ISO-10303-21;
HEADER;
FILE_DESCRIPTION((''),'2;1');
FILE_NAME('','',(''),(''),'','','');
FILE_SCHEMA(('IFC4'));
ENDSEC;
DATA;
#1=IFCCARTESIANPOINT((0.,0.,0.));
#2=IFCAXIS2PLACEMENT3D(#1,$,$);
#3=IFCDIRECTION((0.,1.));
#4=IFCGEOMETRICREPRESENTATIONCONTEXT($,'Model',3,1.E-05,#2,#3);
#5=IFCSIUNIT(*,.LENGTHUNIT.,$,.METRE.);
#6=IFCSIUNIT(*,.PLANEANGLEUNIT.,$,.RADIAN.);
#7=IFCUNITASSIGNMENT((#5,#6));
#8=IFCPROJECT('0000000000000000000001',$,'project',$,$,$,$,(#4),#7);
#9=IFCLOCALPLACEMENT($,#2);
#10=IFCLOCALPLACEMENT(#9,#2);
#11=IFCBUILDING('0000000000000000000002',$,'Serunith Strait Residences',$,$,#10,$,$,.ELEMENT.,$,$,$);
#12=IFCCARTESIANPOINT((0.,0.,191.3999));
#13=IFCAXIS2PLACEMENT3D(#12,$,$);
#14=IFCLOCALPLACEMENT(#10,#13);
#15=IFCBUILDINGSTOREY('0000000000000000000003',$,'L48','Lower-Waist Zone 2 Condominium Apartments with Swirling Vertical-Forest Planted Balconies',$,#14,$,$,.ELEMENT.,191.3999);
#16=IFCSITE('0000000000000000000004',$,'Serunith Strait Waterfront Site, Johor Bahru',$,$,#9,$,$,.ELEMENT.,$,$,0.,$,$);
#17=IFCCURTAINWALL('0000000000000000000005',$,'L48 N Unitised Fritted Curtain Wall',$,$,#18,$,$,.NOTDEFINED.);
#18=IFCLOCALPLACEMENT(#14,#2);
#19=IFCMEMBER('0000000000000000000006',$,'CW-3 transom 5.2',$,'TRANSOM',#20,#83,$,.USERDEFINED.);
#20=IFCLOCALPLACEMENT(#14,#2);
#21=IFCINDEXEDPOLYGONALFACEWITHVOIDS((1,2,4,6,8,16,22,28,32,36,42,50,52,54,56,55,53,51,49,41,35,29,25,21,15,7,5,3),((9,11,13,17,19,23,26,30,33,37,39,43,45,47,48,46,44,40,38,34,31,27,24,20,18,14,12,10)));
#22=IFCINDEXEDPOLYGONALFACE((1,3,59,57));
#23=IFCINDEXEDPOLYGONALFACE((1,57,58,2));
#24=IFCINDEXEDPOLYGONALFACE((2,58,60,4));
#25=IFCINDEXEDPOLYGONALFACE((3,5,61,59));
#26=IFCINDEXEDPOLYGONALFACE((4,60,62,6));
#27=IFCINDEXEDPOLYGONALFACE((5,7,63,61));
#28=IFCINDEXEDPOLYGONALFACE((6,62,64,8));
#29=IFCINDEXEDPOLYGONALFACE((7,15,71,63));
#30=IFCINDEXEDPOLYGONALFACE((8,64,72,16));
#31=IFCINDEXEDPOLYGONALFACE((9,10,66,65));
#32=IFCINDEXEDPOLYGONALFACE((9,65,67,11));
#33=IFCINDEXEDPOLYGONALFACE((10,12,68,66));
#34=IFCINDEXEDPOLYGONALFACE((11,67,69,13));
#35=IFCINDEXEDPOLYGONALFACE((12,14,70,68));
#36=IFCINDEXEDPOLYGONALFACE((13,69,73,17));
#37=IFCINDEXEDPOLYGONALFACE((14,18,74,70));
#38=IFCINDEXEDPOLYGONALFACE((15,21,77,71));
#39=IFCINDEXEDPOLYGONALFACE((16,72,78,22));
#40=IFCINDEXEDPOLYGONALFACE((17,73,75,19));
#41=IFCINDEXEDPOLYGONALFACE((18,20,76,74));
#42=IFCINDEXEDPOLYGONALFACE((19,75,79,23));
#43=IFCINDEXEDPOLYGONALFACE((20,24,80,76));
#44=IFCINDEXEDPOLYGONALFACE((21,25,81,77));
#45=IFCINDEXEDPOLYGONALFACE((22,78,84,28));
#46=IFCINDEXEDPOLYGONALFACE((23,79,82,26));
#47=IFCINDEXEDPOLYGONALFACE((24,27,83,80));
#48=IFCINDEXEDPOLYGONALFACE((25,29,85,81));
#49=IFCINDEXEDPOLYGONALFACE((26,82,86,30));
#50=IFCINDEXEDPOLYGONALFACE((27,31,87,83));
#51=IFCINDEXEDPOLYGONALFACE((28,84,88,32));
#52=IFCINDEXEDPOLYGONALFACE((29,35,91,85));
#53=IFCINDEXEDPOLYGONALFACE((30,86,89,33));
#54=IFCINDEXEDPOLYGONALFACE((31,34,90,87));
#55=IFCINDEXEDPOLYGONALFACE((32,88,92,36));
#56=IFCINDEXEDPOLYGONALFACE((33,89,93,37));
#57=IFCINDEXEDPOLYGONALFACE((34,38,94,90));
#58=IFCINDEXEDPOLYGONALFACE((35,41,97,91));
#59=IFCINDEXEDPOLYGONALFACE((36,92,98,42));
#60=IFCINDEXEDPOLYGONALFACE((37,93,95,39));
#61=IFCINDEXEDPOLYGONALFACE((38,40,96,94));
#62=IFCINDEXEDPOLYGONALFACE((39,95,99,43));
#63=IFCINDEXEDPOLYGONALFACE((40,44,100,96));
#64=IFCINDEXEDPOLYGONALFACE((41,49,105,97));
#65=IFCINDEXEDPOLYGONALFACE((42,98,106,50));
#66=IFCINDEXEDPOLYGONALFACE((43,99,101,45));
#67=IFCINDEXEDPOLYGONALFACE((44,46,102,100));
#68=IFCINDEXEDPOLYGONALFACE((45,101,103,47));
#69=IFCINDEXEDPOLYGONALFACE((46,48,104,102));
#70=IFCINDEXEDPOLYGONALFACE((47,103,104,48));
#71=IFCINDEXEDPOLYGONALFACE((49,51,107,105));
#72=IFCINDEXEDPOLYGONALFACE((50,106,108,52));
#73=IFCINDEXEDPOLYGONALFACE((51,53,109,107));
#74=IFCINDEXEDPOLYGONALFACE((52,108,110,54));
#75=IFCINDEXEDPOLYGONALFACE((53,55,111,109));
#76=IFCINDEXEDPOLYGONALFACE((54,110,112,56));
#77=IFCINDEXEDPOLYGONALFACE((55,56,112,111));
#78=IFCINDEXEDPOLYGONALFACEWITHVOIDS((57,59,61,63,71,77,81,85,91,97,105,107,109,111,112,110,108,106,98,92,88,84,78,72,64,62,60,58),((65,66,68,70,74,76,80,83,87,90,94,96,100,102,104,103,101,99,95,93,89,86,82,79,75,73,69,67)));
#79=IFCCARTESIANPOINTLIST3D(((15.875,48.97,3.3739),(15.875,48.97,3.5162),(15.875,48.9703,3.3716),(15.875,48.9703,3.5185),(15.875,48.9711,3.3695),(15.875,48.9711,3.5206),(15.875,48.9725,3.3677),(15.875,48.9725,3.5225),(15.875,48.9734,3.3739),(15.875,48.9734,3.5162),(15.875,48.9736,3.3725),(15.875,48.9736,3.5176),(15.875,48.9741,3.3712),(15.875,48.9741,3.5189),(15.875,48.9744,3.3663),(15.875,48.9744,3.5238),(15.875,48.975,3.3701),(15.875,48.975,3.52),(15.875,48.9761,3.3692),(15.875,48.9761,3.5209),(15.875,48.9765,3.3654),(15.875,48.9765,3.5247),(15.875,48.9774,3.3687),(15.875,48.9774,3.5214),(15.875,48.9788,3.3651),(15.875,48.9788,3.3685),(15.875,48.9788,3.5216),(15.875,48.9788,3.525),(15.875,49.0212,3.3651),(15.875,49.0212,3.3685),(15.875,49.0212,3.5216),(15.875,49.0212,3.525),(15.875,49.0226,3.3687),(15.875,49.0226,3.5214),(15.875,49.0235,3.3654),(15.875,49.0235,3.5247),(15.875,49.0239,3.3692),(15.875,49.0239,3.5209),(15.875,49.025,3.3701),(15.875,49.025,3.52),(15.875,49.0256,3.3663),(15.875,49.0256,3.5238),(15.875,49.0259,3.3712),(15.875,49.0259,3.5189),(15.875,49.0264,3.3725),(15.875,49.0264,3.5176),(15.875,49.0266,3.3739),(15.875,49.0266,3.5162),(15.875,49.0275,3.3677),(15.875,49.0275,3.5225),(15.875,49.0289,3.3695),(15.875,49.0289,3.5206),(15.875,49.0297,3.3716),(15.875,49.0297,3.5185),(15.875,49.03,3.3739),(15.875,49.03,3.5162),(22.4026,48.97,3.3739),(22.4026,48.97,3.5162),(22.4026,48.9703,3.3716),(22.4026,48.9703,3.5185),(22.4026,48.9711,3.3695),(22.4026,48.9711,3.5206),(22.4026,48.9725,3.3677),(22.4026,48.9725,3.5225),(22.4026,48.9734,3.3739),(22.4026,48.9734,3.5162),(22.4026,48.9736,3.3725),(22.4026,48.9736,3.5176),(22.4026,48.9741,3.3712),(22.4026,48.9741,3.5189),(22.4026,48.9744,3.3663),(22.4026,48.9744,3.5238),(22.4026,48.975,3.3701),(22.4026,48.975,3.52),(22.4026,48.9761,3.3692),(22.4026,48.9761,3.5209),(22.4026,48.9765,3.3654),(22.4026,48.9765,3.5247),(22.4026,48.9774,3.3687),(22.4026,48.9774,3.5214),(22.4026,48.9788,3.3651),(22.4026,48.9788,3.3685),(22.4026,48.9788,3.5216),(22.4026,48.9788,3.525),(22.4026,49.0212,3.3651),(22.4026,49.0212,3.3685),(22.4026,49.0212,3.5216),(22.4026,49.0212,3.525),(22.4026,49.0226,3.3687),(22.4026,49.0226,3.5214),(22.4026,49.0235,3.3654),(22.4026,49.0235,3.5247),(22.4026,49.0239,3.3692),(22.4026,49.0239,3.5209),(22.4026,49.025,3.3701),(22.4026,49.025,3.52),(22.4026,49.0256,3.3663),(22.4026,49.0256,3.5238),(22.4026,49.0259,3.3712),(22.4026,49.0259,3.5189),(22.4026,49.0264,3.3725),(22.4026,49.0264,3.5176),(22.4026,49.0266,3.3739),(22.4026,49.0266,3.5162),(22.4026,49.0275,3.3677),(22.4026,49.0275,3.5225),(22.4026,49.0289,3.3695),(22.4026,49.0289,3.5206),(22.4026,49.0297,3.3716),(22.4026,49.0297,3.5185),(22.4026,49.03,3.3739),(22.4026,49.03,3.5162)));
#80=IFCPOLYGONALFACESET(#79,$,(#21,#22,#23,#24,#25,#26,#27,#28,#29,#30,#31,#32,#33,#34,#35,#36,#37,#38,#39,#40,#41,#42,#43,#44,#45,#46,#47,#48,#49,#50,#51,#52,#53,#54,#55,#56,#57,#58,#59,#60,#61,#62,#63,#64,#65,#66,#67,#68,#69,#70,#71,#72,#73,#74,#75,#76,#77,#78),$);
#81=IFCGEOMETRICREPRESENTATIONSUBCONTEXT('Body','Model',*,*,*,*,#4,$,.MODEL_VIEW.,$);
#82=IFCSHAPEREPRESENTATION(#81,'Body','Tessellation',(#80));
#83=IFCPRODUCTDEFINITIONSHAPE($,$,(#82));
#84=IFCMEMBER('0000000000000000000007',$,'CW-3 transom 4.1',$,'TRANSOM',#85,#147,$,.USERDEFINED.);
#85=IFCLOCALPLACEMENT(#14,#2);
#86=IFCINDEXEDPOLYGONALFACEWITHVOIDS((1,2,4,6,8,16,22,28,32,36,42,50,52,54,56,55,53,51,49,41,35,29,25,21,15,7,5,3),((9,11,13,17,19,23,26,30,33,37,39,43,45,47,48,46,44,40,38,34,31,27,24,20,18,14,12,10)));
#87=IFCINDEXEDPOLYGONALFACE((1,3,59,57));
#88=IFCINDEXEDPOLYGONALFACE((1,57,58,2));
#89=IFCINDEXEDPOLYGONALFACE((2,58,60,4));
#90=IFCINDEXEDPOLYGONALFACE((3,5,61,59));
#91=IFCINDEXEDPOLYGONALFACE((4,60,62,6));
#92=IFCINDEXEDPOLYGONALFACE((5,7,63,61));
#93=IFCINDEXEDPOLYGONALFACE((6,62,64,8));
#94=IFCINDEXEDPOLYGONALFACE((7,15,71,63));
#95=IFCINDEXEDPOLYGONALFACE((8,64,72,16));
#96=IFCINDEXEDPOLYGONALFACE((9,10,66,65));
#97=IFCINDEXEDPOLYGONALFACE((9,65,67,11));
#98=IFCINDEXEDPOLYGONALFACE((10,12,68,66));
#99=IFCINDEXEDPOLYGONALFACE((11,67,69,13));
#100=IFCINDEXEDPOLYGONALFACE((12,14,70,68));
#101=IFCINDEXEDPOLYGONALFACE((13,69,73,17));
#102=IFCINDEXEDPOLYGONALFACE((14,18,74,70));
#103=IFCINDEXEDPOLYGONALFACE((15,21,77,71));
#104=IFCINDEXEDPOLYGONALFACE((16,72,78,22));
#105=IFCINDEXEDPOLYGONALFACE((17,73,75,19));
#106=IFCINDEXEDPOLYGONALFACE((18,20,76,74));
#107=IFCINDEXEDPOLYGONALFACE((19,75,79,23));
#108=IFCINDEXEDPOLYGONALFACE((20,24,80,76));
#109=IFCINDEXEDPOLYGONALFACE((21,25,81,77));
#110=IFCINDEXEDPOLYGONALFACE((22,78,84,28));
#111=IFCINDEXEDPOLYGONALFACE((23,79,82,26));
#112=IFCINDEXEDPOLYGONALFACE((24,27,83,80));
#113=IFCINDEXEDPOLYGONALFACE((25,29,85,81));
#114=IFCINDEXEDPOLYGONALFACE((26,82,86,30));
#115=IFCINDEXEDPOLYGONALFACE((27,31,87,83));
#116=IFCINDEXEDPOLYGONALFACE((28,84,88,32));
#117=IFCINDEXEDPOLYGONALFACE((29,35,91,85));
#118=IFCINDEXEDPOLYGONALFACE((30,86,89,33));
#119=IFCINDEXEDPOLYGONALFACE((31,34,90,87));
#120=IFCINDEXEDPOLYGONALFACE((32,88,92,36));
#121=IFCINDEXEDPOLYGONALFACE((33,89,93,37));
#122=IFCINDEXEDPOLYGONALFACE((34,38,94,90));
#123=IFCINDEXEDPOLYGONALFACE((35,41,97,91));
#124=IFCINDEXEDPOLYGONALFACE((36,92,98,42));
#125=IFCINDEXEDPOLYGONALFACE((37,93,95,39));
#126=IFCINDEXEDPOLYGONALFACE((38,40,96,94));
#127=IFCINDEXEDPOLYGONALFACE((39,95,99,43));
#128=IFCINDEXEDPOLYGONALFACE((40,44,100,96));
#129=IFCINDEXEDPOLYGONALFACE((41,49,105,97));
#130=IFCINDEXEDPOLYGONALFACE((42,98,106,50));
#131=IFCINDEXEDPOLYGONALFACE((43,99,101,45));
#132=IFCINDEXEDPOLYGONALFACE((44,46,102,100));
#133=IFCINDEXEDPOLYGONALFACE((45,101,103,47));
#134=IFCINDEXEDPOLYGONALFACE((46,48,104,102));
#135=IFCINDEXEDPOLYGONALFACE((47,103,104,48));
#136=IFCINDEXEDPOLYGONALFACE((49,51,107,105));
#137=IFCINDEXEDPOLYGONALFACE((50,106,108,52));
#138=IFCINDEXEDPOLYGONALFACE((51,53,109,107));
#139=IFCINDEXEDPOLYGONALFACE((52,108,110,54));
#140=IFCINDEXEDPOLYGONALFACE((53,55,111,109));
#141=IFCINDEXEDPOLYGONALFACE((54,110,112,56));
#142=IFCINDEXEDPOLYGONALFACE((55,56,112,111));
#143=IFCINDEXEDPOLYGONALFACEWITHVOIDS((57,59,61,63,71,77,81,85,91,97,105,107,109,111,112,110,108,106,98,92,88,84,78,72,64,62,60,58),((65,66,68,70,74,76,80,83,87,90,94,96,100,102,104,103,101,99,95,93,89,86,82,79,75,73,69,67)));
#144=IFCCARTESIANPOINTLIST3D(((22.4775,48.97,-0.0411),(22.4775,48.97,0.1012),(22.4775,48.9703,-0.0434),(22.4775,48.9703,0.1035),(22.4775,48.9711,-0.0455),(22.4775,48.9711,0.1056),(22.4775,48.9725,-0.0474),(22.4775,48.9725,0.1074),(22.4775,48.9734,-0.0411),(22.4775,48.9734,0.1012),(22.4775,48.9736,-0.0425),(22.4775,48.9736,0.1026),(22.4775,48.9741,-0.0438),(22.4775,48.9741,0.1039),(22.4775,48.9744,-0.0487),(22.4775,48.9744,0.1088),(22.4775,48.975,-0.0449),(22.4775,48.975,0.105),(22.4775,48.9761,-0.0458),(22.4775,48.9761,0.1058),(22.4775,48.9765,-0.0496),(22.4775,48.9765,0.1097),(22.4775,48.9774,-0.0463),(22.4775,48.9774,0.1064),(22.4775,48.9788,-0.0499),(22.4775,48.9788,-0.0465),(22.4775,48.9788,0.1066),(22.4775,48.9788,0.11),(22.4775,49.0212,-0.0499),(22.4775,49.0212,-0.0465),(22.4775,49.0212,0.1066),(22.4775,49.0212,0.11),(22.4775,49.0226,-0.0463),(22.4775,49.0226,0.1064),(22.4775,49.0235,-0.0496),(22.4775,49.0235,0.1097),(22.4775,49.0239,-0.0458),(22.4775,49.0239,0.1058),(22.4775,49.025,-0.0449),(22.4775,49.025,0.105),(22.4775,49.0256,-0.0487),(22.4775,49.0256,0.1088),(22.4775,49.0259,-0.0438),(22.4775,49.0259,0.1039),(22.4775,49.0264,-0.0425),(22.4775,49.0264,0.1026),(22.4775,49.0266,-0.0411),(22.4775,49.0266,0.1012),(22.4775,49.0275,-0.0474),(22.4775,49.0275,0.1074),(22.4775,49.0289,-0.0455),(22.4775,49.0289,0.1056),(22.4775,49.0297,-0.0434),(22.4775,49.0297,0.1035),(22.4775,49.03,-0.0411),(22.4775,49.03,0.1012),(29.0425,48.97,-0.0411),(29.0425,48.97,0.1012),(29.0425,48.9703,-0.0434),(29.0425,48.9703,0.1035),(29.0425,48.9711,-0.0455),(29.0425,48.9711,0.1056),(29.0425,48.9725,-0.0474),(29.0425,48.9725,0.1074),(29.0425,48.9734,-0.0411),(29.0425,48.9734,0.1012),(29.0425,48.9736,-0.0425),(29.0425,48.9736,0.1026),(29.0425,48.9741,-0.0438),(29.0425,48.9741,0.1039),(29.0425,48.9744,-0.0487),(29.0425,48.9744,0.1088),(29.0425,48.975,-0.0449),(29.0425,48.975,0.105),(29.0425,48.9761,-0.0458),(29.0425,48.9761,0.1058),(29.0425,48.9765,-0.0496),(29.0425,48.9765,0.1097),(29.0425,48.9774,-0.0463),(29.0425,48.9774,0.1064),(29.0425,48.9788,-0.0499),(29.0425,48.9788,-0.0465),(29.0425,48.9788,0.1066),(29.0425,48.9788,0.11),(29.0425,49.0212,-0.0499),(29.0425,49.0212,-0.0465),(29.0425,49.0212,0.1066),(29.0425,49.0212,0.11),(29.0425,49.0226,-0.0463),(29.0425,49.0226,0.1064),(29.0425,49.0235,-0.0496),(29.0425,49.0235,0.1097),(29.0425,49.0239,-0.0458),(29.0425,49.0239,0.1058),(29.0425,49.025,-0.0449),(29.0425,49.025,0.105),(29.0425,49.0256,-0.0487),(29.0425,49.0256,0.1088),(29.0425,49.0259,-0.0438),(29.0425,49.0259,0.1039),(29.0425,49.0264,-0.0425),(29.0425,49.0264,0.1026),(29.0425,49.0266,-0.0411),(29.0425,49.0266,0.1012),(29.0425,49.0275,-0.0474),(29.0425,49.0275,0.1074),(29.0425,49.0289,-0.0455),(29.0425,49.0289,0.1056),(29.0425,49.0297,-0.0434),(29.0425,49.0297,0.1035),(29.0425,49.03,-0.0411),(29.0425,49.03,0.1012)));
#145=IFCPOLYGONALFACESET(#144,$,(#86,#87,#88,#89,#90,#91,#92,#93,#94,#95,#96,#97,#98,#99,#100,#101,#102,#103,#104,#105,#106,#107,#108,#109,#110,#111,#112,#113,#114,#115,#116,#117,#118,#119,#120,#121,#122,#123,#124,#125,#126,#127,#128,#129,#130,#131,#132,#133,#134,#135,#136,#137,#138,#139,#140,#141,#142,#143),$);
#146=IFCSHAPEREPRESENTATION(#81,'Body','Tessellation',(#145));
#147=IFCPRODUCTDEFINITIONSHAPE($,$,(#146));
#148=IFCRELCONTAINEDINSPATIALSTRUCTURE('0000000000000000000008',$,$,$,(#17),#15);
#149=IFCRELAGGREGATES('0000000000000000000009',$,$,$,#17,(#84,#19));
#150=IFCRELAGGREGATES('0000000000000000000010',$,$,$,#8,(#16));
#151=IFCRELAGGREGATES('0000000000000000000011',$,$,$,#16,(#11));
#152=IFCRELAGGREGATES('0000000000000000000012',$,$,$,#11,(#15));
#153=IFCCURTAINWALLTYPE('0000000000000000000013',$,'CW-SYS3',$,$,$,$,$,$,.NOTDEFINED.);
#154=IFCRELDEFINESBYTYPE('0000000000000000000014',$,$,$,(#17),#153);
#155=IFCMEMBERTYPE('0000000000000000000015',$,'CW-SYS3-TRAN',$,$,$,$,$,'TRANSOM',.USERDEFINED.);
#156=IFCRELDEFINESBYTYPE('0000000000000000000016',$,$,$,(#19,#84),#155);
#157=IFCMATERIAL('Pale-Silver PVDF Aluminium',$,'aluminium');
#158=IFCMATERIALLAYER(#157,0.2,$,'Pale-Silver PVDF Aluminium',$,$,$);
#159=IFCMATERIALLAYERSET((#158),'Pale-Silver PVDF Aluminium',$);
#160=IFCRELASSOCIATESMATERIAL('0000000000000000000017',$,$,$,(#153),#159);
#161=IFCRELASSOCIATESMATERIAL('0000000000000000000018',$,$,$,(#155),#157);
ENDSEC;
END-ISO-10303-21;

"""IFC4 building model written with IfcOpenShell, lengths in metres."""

from ifc_helpers import new_model, si_unit, direction, frame, origin, origin_2d, place, context, subcontext, project, spatial, hollow_rectangle, extrude, source, transform, mapped, material, layer, layer_set, material_profile, profile_set, type_object, element, aggregate, save


model = new_model("IFC4")

# Units and contexts
model_context = context("Model", 3, precision=1e-05, world=origin(), true_north=direction((0.0, 1.0)))
body_context = subcontext(model_context, "Body", "Model", "MODEL_VIEW")
ifc_project = project(units=[si_unit("LENGTHUNIT", "METRE"), si_unit("PLANEANGLEUNIT", "RADIAN")], contexts=[model_context])

# Site, building, storey
site_placement = place(None, origin())
site = spatial("IfcSite", under=ifc_project, at=site_placement, Name="Serunith Strait Waterfront Site, Johor Bahru", CompositionType="ELEMENT", RefElevation=0.0)
building_placement = place(site_placement, origin())
building = spatial("IfcBuilding", under=site, at=building_placement, Name="Serunith Strait Residences", CompositionType="ELEMENT")
storey_placement = place(building_placement, frame((0.0, 0.0, 191.3999)))
storey = spatial("IfcBuildingStorey", under=building, at=storey_placement, Name="L48", Description="Lower-Waist Zone 2 Condominium Apartments with Swirling Vertical-Forest Planted Balconies", CompositionType="ELEMENT", Elevation=191.3999)

# Curtain wall, members
ifc_material_1 = material(Name="Pale-Silver PVDF Aluminium", Category="aluminium")
ifc_layer_1 = layer(ifc_material_1, 0.2, Name="Pale-Silver PVDF Aluminium")
ifc_layer_set_1 = layer_set([ifc_layer_1], Name="Pale-Silver PVDF Aluminium")
curtain_wall_type = type_object("IfcCurtainWallType", Name="CW-SYS3", PredefinedType="NOTDEFINED", material=ifc_layer_set_1)
curtain_wall_placement = place(storey_placement, origin())
curtain_wall = element("IfcCurtainWall", 1, at=curtain_wall_placement, inside=storey, type_object=curtain_wall_type, Name="L48 N Unitised Fritted Curtain Wall", PredefinedType="NOTDEFINED")
ifc_material_profile_1 = material_profile(ifc_material_1, hollow_rectangle(XDim=0.0601, YDim=0.1599, WallThickness=0.0034, InnerFilletRadius=0.0054, OuterFilletRadius=0.0088, at=origin_2d()), Name="ALU 160x60x3.5")
ifc_profile_set_1 = profile_set([ifc_material_profile_1], Name="Pale-Silver PVDF Aluminium")
member_type_1 = type_object("IfcMemberType", Name="CW-SYS3-TRAN", ElementType="TRANSOM", PredefinedType="USERDEFINED", material=ifc_profile_set_1)
shared_shape_1 = source(origin(), body_context, "Body", "SweptSolid", [
    extrude(hollow_rectangle(XDim=0.0601, YDim=0.1599, WallThickness=0.0034, InnerFilletRadius=0.0054, OuterFilletRadius=0.0088, at=origin_2d()), origin(), (0.0, 0.0, 1.0), 6.5276),
])
member_1_placement = place(storey_placement, frame((22.4026, 49.0, 3.4451), z_axis=(-1.0, 0.0, 0.0), x_axis=(0.0, -1.0, 0.0)))
member_1 = element("IfcMember", 2, at=member_1_placement, type_object=member_type_1, Name="CW-3 transom 5.2", ObjectType="TRANSOM", PredefinedType="USERDEFINED", context=body_context, shape_type="MappedRepresentation", body=[
    mapped(shared_shape_1, transform((0.0, 0.0, 0.0), scale=1.0)),
])
shared_shape_2 = source(origin(), body_context, "Body", "SweptSolid", [
    extrude(hollow_rectangle(XDim=0.0601, YDim=0.1599, WallThickness=0.0034, InnerFilletRadius=0.0054, OuterFilletRadius=0.0088, at=origin_2d()), origin(), (0.0, 0.0, 1.0), 6.5649),
])
member_2_placement = place(storey_placement, frame((29.0425, 49.0, 0.03), z_axis=(-1.0, 0.0, 0.0), x_axis=(0.0, -1.0, 0.0)))
member_2 = element("IfcMember", 3, at=member_2_placement, type_object=member_type_1, Name="CW-3 transom 4.1", ObjectType="TRANSOM", PredefinedType="USERDEFINED", context=body_context, shape_type="MappedRepresentation", body=[
    mapped(shared_shape_2, transform((0.0, 0.0, 0.0), scale=1.0)),
])
aggregate(curtain_wall, [member_2, member_1])

save(model, "model.ifc")
